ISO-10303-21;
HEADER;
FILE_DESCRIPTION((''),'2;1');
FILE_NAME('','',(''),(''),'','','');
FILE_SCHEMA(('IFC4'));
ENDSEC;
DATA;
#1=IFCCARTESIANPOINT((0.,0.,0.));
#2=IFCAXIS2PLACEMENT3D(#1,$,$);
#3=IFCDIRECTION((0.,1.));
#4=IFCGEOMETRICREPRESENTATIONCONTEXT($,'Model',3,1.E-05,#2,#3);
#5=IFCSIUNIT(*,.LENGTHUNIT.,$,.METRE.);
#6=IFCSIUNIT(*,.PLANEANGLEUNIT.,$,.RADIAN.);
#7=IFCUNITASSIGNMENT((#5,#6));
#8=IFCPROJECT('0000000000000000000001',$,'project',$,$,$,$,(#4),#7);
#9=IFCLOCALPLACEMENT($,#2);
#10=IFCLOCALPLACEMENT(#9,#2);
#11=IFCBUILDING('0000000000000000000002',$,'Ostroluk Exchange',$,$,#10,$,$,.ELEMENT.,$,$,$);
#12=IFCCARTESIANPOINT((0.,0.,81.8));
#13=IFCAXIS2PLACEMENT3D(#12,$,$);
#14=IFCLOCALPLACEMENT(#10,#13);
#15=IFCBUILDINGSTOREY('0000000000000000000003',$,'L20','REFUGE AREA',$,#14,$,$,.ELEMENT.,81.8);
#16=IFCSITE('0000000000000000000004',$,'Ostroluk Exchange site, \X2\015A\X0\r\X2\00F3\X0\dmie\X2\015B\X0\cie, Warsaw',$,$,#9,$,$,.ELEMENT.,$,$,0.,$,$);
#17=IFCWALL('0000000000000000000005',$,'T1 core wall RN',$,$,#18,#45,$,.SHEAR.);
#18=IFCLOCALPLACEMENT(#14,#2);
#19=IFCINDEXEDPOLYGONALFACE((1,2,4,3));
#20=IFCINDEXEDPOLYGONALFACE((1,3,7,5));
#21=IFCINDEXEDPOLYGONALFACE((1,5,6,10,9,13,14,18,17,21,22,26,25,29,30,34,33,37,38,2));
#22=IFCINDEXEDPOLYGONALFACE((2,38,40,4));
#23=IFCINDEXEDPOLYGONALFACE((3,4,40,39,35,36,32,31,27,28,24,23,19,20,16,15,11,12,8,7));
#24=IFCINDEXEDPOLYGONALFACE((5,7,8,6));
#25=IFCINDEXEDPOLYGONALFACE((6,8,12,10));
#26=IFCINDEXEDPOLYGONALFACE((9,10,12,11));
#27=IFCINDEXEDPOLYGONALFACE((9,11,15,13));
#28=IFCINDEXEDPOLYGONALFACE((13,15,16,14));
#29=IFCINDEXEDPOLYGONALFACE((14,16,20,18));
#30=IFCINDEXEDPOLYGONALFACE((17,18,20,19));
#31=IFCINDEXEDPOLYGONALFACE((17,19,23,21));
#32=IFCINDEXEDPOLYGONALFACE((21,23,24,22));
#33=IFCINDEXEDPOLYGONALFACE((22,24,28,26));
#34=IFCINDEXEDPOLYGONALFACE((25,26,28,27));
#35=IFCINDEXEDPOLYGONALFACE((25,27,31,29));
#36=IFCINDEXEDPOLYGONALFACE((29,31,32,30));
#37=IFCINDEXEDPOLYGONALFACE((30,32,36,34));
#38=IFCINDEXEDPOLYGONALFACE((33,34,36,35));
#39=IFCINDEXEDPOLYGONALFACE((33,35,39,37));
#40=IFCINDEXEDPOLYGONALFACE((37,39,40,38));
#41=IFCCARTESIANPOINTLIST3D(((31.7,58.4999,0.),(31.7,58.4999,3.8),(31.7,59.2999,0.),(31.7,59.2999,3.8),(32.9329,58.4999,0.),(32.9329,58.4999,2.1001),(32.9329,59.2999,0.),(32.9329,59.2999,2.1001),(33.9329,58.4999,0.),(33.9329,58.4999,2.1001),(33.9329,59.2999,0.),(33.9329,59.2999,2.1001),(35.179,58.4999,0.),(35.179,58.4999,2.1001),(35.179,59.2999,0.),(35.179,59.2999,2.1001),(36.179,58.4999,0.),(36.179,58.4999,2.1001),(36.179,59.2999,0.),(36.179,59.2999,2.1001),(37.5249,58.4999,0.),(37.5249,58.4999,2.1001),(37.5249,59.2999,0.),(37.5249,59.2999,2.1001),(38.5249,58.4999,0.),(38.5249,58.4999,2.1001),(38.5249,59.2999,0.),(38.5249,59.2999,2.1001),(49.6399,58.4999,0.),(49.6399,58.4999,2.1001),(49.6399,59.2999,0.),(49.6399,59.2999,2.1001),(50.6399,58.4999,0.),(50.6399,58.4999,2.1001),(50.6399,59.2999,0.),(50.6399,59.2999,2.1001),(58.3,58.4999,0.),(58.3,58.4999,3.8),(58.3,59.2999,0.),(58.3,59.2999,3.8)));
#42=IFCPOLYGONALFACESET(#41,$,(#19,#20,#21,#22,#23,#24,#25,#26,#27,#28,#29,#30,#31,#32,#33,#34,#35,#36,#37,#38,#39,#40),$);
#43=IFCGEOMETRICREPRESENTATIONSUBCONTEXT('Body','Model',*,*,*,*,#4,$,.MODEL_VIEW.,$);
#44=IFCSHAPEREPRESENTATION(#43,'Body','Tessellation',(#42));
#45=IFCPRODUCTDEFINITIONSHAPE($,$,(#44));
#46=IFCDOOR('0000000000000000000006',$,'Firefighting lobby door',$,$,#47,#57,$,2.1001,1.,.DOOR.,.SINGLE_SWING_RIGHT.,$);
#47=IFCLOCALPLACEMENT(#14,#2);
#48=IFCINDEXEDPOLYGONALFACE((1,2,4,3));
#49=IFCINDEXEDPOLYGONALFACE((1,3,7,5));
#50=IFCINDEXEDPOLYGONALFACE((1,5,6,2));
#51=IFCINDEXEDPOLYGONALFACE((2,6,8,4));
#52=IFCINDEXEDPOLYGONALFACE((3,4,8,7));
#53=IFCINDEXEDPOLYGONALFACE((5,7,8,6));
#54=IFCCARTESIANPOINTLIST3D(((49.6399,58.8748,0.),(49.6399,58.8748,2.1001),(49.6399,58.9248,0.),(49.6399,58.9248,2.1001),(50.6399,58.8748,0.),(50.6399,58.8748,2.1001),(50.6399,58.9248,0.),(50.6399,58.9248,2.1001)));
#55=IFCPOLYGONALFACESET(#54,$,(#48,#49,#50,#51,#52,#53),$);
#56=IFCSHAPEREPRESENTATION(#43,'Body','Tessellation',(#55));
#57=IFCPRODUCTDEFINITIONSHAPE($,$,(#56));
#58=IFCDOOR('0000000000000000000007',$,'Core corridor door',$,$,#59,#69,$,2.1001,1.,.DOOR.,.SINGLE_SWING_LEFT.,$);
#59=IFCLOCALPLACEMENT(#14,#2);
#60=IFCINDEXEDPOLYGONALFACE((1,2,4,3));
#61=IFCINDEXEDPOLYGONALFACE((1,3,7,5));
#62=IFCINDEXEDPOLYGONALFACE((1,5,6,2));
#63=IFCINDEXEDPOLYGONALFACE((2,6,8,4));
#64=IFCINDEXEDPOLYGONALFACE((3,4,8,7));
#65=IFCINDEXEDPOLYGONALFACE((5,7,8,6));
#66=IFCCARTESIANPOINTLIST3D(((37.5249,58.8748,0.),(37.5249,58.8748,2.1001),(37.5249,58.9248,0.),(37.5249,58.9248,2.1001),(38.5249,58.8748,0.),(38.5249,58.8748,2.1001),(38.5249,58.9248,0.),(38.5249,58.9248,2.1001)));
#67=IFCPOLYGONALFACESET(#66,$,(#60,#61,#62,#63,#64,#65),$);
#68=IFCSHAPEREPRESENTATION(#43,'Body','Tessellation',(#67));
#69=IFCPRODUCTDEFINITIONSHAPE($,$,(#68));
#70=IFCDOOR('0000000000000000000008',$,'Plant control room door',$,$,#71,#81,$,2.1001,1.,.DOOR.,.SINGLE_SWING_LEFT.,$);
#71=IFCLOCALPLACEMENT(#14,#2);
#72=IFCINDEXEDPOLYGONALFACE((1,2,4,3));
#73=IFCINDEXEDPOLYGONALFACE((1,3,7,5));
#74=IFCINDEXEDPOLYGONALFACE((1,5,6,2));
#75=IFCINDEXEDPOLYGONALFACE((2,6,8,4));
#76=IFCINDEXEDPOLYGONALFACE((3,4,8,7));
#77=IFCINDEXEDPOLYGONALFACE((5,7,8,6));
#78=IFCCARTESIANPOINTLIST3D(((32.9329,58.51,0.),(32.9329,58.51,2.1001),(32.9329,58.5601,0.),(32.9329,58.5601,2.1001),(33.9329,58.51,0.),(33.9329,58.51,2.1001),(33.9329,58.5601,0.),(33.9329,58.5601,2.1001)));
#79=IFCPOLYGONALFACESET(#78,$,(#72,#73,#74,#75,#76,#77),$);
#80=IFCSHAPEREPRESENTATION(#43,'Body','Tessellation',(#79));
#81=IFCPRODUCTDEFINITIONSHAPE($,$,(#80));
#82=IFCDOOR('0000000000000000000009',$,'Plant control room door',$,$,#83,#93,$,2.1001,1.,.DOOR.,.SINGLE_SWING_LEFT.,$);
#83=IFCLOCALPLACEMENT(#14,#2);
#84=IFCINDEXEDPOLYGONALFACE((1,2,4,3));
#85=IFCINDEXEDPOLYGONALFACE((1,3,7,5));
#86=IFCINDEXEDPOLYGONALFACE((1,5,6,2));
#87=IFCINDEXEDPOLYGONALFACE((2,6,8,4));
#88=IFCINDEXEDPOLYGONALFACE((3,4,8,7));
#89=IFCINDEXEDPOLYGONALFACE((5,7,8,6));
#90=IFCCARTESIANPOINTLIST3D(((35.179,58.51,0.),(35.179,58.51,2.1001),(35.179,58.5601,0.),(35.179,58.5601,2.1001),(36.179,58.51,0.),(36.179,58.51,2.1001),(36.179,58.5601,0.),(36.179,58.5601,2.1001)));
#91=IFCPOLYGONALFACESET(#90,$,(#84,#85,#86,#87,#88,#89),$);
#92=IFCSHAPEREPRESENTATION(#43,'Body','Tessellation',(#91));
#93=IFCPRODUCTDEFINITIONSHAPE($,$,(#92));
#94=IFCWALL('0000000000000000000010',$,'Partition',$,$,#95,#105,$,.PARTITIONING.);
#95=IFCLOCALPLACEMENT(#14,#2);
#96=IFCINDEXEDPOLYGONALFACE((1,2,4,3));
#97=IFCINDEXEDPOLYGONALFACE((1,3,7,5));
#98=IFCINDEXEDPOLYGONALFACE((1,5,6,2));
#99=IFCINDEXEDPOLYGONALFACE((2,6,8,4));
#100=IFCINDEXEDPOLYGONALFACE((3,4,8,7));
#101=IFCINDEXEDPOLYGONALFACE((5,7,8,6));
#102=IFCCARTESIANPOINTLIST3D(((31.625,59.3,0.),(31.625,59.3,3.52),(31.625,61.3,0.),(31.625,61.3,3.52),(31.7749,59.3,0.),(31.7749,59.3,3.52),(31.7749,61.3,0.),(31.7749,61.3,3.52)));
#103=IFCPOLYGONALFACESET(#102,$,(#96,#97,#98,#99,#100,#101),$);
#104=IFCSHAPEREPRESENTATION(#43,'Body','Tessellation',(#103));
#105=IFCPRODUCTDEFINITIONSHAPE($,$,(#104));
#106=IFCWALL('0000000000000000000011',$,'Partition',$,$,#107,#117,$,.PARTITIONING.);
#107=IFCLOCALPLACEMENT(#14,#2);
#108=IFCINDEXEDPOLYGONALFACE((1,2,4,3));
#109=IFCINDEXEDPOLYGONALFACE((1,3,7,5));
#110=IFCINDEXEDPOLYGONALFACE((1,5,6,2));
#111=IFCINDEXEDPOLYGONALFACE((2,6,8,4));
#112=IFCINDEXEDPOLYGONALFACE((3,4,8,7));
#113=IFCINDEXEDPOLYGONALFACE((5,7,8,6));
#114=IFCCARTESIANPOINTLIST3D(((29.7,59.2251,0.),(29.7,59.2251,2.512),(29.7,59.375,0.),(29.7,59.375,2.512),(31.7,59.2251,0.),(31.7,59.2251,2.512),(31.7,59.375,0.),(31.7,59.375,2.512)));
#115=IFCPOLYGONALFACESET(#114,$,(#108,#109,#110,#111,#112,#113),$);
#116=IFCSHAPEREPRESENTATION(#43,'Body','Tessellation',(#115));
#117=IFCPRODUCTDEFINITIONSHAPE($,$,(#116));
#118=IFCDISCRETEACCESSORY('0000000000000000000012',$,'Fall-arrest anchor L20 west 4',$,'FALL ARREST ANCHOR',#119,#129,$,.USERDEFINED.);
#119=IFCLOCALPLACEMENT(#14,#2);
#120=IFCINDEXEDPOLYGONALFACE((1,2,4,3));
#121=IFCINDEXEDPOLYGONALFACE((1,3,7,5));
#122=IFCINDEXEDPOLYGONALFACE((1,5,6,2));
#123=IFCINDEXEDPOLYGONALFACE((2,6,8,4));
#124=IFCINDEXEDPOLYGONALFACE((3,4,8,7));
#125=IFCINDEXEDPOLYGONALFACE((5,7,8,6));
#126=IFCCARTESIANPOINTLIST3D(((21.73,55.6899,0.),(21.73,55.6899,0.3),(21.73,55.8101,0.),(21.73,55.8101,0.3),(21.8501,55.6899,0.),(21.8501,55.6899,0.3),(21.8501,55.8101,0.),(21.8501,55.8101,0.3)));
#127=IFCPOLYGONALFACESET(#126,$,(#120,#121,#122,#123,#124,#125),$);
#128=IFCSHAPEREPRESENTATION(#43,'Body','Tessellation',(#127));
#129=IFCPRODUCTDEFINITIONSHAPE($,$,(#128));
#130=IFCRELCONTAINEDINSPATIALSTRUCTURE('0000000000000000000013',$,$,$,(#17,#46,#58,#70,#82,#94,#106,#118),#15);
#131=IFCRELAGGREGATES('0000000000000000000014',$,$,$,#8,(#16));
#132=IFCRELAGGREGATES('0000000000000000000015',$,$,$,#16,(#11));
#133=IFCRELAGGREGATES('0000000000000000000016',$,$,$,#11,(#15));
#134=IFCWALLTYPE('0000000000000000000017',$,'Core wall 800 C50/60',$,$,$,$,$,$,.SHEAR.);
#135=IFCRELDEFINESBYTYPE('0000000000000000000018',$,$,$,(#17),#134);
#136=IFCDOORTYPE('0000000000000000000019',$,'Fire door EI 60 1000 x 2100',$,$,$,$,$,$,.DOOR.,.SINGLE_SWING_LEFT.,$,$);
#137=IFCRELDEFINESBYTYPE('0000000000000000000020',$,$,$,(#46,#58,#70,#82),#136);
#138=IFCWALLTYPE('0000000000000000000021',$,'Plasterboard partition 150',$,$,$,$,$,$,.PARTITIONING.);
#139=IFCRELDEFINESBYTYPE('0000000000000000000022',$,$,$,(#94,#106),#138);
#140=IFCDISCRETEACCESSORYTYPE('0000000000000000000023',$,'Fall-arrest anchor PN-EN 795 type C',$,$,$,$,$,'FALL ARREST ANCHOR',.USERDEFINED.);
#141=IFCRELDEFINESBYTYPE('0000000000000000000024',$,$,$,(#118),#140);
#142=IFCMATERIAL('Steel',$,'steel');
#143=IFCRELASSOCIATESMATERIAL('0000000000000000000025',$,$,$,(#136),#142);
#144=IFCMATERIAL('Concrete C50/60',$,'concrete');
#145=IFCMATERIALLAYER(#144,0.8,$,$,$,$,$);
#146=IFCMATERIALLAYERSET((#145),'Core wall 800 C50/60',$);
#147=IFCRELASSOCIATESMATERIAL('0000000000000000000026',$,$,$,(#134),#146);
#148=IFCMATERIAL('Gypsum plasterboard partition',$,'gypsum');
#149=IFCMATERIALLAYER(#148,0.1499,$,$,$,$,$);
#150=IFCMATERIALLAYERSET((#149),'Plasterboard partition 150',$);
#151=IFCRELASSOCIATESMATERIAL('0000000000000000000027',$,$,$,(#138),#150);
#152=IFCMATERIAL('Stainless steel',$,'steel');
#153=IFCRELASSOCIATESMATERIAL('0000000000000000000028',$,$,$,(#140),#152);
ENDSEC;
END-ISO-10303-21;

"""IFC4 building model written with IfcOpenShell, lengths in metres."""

from ifc_helpers import new_model, si_unit, direction, frame, frame_2d, origin, origin_2d, place, context, subcontext, project, spatial, rectangle, extrude, material, layer, layer_set, type_object, element, fill, save


model = new_model("IFC4")

# Units and contexts
model_context = context("Model", 3, precision=1e-05, world=origin(), true_north=direction((0.0, 1.0)))
body_context = subcontext(model_context, "Body", "Model", "MODEL_VIEW")
ifc_project = project(units=[si_unit("LENGTHUNIT", "METRE"), si_unit("PLANEANGLEUNIT", "RADIAN")], contexts=[model_context])

# Site, building, storey
site_placement = place(None, origin())
site = spatial("IfcSite", under=ifc_project, at=site_placement, Name="Ostroluk Exchange site, Śródmieście, Warsaw", CompositionType="ELEMENT", RefElevation=0.0)
building_placement = place(site_placement, origin())
building = spatial("IfcBuilding", under=site, at=building_placement, Name="Ostroluk Exchange", CompositionType="ELEMENT")
storey_placement = place(building_placement, frame((0.0, 0.0, 81.8)))
storey = spatial("IfcBuildingStorey", under=building, at=storey_placement, Name="L20", Description="REFUGE AREA", CompositionType="ELEMENT", Elevation=81.8)

# Wall, openings, doors
ifc_material_1 = material(Name="Steel", Category="steel")
door_type = type_object("IfcDoorType", Name="Fire door EI 60 1000 x 2100", OperationType="SINGLE_SWING_LEFT", PredefinedType="DOOR", material=ifc_material_1)
ifc_material_2 = material(Name="Concrete C50/60", Category="concrete")
ifc_layer_1 = layer(ifc_material_2, 0.8)
ifc_layer_set_1 = layer_set([ifc_layer_1], Name="Core wall 800 C50/60")
wall_type_1 = type_object("IfcWallType", Name="Core wall 800 C50/60", PredefinedType="SHEAR", material=ifc_layer_set_1)
wall_1_placement = place(storey_placement, frame((31.7, 58.8999, 0.0), z_axis=(0.0, 0.0, 1.0), x_axis=(1.0, 0.0, 0.0)))
wall_1 = element("IfcWall", 1, at=wall_1_placement, inside=storey, type_object=wall_type_1, Name="T1 core wall RN", PredefinedType="SHEAR", context=body_context, shape_type="SweptSolid", body=[
    extrude(rectangle(XDim=26.6001, YDim=0.8, at=frame_2d((13.3, 0.0))), origin(), (0.0, 0.0, 1.0), 3.8),
])
opening_1_placement = place(wall_1_placement, frame((17.9399, 0.0, 0.0)))
opening_1 = element("IfcOpeningElement", 2, at=opening_1_placement, cuts=wall_1, PredefinedType="OPENING", context=body_context, shape_type="SweptSolid", body=[
    extrude(rectangle(XDim=1.0, YDim=2.1001, at=frame_2d((0.5, 1.05))), frame((0.0, 0.4099, 0.0), z_axis=(0.0, -1.0, 0.0), x_axis=(1.0, 0.0, 0.0)), (0.0, 0.0, 1.0), 0.8201),
])
opening_2_placement = place(wall_1_placement, frame((5.825, 0.0, 0.0)))
opening_2 = element("IfcOpeningElement", 3, at=opening_2_placement, cuts=wall_1, PredefinedType="OPENING", context=body_context, shape_type="SweptSolid", body=[
    extrude(rectangle(XDim=1.0, YDim=2.1001, at=frame_2d((0.5, 1.05))), frame((0.0, 0.4099, 0.0), z_axis=(0.0, -1.0, 0.0), x_axis=(1.0, 0.0, 0.0)), (0.0, 0.0, 1.0), 0.8201),
])
opening_3_placement = place(wall_1_placement, frame((1.2329, 0.0, 0.0)))
opening_3 = element("IfcOpeningElement", 4, at=opening_3_placement, cuts=wall_1, PredefinedType="OPENING", context=body_context, shape_type="SweptSolid", body=[
    extrude(rectangle(XDim=1.0, YDim=2.1001, at=frame_2d((0.5, 1.05))), frame((0.0, 0.4099, 0.0), z_axis=(0.0, -1.0, 0.0), x_axis=(1.0, 0.0, 0.0)), (0.0, 0.0, 1.0), 0.8201),
])
opening_4_placement = place(wall_1_placement, frame((3.479, 0.0, 0.0)))
opening_4 = element("IfcOpeningElement", 5, at=opening_4_placement, cuts=wall_1, PredefinedType="OPENING", context=body_context, shape_type="SweptSolid", body=[
    extrude(rectangle(XDim=1.0, YDim=2.1001, at=frame_2d((0.5, 1.05))), frame((0.0, 0.4099, 0.0), z_axis=(0.0, -1.0, 0.0), x_axis=(1.0, 0.0, 0.0)), (0.0, 0.0, 1.0), 0.8201),
])
door_1_placement = place(opening_1_placement, origin())
door_1 = element("IfcDoor", 6, at=door_1_placement, inside=storey, type_object=door_type, Name="Firefighting lobby door", OperationType="SINGLE_SWING_RIGHT", OverallHeight=2.1001, OverallWidth=1.0, PredefinedType="DOOR", context=body_context, shape_type="SweptSolid", body=[
    extrude(rectangle(XDim=1.0, YDim=2.1001, at=frame_2d((0.5, 1.05))), frame((0.0, 0.0249, 0.0), z_axis=(0.0, -1.0, 0.0), x_axis=(1.0, 0.0, 0.0)), (0.0, 0.0, 1.0), 0.05),
])
fill(opening_1, door_1)
door_2_placement = place(opening_2_placement, origin())
door_2 = element("IfcDoor", 7, at=door_2_placement, inside=storey, type_object=door_type, Name="Core corridor door", OperationType="SINGLE_SWING_LEFT", OverallHeight=2.1001, OverallWidth=1.0, PredefinedType="DOOR", context=body_context, shape_type="SweptSolid", body=[
    extrude(rectangle(XDim=1.0, YDim=2.1001, at=frame_2d((0.5, 1.05))), frame((0.0, 0.0249, 0.0), z_axis=(0.0, -1.0, 0.0), x_axis=(1.0, 0.0, 0.0)), (0.0, 0.0, 1.0), 0.05),
])
fill(opening_2, door_2)
door_3_placement = place(opening_3_placement, origin())
door_3 = element("IfcDoor", 8, at=door_3_placement, inside=storey, type_object=door_type, Name="Plant control room door", OperationType="SINGLE_SWING_LEFT", OverallHeight=2.1001, OverallWidth=1.0, PredefinedType="DOOR", context=body_context, shape_type="SweptSolid", body=[
    extrude(rectangle(XDim=1.0, YDim=2.1001, at=frame_2d((0.5, 1.05))), frame((0.0, -0.3398, 0.0), z_axis=(0.0, -1.0, 0.0), x_axis=(1.0, 0.0, 0.0)), (0.0, 0.0, 1.0), 0.05),
])
fill(opening_3, door_3)
door_4_placement = place(opening_4_placement, origin())
door_4 = element("IfcDoor", 9, at=door_4_placement, inside=storey, type_object=door_type, Name="Plant control room door", OperationType="SINGLE_SWING_LEFT", OverallHeight=2.1001, OverallWidth=1.0, PredefinedType="DOOR", context=body_context, shape_type="SweptSolid", body=[
    extrude(rectangle(XDim=1.0, YDim=2.1001, at=frame_2d((0.5, 1.05))), frame((0.0, -0.3398, 0.0), z_axis=(0.0, -1.0, 0.0), x_axis=(1.0, 0.0, 0.0)), (0.0, 0.0, 1.0), 0.05),
])
fill(opening_4, door_4)

# Walls
ifc_material_3 = material(Name="Gypsum plasterboard partition", Category="gypsum")
ifc_layer_2 = layer(ifc_material_3, 0.1499)
ifc_layer_set_2 = layer_set([ifc_layer_2], Name="Plasterboard partition 150")
wall_type_2 = type_object("IfcWallType", Name="Plasterboard partition 150", PredefinedType="PARTITIONING", material=ifc_layer_set_2)
wall_2_placement = place(storey_placement, frame((31.7, 59.3, 0.0), z_axis=(0.0, 0.0, 1.0), x_axis=(0.0, 1.0, 0.0)))
element("IfcWall", 10, at=wall_2_placement, inside=storey, type_object=wall_type_2, Name="Partition", PredefinedType="PARTITIONING", context=body_context, shape_type="SweptSolid", body=[
    extrude(rectangle(XDim=2.0, YDim=0.1499, at=frame_2d((1.0, 0.0))), origin(), (0.0, 0.0, 1.0), 3.52),
])
wall_3_placement = place(storey_placement, frame((31.7, 59.3, 0.0), z_axis=(0.0, 0.0, 1.0), x_axis=(-1.0, 0.0, 0.0)))
element("IfcWall", 11, at=wall_3_placement, inside=storey, type_object=wall_type_2, Name="Partition", PredefinedType="PARTITIONING", context=body_context, shape_type="SweptSolid", body=[
    extrude(rectangle(XDim=2.0, YDim=0.1499, at=frame_2d((1.0, 0.0))), origin(), (0.0, 0.0, 1.0), 2.512),
])

# Discrete accessory
ifc_material_4 = material(Name="Stainless steel", Category="steel")
discrete_accessory_type = type_object("IfcDiscreteAccessoryType", Name="Fall-arrest anchor PN-EN 795 type C", ElementType="FALL ARREST ANCHOR", PredefinedType="USERDEFINED", material=ifc_material_4)
discrete_accessory_placement = place(storey_placement, frame((21.79, 55.75, 0.0), z_axis=(0.0, 0.0, 1.0), x_axis=(1.0, 0.0, 0.0)))
element("IfcDiscreteAccessory", 12, at=discrete_accessory_placement, inside=storey, type_object=discrete_accessory_type, Name="Fall-arrest anchor L20 west 4", ObjectType="FALL ARREST ANCHOR", PredefinedType="USERDEFINED", context=body_context, shape_type="SweptSolid", body=[
    extrude(rectangle(XDim=0.1201, YDim=0.1201, at=origin_2d()), origin(), (0.0, 0.0, 1.0), 0.3),
])

save(model, "model.ifc")
